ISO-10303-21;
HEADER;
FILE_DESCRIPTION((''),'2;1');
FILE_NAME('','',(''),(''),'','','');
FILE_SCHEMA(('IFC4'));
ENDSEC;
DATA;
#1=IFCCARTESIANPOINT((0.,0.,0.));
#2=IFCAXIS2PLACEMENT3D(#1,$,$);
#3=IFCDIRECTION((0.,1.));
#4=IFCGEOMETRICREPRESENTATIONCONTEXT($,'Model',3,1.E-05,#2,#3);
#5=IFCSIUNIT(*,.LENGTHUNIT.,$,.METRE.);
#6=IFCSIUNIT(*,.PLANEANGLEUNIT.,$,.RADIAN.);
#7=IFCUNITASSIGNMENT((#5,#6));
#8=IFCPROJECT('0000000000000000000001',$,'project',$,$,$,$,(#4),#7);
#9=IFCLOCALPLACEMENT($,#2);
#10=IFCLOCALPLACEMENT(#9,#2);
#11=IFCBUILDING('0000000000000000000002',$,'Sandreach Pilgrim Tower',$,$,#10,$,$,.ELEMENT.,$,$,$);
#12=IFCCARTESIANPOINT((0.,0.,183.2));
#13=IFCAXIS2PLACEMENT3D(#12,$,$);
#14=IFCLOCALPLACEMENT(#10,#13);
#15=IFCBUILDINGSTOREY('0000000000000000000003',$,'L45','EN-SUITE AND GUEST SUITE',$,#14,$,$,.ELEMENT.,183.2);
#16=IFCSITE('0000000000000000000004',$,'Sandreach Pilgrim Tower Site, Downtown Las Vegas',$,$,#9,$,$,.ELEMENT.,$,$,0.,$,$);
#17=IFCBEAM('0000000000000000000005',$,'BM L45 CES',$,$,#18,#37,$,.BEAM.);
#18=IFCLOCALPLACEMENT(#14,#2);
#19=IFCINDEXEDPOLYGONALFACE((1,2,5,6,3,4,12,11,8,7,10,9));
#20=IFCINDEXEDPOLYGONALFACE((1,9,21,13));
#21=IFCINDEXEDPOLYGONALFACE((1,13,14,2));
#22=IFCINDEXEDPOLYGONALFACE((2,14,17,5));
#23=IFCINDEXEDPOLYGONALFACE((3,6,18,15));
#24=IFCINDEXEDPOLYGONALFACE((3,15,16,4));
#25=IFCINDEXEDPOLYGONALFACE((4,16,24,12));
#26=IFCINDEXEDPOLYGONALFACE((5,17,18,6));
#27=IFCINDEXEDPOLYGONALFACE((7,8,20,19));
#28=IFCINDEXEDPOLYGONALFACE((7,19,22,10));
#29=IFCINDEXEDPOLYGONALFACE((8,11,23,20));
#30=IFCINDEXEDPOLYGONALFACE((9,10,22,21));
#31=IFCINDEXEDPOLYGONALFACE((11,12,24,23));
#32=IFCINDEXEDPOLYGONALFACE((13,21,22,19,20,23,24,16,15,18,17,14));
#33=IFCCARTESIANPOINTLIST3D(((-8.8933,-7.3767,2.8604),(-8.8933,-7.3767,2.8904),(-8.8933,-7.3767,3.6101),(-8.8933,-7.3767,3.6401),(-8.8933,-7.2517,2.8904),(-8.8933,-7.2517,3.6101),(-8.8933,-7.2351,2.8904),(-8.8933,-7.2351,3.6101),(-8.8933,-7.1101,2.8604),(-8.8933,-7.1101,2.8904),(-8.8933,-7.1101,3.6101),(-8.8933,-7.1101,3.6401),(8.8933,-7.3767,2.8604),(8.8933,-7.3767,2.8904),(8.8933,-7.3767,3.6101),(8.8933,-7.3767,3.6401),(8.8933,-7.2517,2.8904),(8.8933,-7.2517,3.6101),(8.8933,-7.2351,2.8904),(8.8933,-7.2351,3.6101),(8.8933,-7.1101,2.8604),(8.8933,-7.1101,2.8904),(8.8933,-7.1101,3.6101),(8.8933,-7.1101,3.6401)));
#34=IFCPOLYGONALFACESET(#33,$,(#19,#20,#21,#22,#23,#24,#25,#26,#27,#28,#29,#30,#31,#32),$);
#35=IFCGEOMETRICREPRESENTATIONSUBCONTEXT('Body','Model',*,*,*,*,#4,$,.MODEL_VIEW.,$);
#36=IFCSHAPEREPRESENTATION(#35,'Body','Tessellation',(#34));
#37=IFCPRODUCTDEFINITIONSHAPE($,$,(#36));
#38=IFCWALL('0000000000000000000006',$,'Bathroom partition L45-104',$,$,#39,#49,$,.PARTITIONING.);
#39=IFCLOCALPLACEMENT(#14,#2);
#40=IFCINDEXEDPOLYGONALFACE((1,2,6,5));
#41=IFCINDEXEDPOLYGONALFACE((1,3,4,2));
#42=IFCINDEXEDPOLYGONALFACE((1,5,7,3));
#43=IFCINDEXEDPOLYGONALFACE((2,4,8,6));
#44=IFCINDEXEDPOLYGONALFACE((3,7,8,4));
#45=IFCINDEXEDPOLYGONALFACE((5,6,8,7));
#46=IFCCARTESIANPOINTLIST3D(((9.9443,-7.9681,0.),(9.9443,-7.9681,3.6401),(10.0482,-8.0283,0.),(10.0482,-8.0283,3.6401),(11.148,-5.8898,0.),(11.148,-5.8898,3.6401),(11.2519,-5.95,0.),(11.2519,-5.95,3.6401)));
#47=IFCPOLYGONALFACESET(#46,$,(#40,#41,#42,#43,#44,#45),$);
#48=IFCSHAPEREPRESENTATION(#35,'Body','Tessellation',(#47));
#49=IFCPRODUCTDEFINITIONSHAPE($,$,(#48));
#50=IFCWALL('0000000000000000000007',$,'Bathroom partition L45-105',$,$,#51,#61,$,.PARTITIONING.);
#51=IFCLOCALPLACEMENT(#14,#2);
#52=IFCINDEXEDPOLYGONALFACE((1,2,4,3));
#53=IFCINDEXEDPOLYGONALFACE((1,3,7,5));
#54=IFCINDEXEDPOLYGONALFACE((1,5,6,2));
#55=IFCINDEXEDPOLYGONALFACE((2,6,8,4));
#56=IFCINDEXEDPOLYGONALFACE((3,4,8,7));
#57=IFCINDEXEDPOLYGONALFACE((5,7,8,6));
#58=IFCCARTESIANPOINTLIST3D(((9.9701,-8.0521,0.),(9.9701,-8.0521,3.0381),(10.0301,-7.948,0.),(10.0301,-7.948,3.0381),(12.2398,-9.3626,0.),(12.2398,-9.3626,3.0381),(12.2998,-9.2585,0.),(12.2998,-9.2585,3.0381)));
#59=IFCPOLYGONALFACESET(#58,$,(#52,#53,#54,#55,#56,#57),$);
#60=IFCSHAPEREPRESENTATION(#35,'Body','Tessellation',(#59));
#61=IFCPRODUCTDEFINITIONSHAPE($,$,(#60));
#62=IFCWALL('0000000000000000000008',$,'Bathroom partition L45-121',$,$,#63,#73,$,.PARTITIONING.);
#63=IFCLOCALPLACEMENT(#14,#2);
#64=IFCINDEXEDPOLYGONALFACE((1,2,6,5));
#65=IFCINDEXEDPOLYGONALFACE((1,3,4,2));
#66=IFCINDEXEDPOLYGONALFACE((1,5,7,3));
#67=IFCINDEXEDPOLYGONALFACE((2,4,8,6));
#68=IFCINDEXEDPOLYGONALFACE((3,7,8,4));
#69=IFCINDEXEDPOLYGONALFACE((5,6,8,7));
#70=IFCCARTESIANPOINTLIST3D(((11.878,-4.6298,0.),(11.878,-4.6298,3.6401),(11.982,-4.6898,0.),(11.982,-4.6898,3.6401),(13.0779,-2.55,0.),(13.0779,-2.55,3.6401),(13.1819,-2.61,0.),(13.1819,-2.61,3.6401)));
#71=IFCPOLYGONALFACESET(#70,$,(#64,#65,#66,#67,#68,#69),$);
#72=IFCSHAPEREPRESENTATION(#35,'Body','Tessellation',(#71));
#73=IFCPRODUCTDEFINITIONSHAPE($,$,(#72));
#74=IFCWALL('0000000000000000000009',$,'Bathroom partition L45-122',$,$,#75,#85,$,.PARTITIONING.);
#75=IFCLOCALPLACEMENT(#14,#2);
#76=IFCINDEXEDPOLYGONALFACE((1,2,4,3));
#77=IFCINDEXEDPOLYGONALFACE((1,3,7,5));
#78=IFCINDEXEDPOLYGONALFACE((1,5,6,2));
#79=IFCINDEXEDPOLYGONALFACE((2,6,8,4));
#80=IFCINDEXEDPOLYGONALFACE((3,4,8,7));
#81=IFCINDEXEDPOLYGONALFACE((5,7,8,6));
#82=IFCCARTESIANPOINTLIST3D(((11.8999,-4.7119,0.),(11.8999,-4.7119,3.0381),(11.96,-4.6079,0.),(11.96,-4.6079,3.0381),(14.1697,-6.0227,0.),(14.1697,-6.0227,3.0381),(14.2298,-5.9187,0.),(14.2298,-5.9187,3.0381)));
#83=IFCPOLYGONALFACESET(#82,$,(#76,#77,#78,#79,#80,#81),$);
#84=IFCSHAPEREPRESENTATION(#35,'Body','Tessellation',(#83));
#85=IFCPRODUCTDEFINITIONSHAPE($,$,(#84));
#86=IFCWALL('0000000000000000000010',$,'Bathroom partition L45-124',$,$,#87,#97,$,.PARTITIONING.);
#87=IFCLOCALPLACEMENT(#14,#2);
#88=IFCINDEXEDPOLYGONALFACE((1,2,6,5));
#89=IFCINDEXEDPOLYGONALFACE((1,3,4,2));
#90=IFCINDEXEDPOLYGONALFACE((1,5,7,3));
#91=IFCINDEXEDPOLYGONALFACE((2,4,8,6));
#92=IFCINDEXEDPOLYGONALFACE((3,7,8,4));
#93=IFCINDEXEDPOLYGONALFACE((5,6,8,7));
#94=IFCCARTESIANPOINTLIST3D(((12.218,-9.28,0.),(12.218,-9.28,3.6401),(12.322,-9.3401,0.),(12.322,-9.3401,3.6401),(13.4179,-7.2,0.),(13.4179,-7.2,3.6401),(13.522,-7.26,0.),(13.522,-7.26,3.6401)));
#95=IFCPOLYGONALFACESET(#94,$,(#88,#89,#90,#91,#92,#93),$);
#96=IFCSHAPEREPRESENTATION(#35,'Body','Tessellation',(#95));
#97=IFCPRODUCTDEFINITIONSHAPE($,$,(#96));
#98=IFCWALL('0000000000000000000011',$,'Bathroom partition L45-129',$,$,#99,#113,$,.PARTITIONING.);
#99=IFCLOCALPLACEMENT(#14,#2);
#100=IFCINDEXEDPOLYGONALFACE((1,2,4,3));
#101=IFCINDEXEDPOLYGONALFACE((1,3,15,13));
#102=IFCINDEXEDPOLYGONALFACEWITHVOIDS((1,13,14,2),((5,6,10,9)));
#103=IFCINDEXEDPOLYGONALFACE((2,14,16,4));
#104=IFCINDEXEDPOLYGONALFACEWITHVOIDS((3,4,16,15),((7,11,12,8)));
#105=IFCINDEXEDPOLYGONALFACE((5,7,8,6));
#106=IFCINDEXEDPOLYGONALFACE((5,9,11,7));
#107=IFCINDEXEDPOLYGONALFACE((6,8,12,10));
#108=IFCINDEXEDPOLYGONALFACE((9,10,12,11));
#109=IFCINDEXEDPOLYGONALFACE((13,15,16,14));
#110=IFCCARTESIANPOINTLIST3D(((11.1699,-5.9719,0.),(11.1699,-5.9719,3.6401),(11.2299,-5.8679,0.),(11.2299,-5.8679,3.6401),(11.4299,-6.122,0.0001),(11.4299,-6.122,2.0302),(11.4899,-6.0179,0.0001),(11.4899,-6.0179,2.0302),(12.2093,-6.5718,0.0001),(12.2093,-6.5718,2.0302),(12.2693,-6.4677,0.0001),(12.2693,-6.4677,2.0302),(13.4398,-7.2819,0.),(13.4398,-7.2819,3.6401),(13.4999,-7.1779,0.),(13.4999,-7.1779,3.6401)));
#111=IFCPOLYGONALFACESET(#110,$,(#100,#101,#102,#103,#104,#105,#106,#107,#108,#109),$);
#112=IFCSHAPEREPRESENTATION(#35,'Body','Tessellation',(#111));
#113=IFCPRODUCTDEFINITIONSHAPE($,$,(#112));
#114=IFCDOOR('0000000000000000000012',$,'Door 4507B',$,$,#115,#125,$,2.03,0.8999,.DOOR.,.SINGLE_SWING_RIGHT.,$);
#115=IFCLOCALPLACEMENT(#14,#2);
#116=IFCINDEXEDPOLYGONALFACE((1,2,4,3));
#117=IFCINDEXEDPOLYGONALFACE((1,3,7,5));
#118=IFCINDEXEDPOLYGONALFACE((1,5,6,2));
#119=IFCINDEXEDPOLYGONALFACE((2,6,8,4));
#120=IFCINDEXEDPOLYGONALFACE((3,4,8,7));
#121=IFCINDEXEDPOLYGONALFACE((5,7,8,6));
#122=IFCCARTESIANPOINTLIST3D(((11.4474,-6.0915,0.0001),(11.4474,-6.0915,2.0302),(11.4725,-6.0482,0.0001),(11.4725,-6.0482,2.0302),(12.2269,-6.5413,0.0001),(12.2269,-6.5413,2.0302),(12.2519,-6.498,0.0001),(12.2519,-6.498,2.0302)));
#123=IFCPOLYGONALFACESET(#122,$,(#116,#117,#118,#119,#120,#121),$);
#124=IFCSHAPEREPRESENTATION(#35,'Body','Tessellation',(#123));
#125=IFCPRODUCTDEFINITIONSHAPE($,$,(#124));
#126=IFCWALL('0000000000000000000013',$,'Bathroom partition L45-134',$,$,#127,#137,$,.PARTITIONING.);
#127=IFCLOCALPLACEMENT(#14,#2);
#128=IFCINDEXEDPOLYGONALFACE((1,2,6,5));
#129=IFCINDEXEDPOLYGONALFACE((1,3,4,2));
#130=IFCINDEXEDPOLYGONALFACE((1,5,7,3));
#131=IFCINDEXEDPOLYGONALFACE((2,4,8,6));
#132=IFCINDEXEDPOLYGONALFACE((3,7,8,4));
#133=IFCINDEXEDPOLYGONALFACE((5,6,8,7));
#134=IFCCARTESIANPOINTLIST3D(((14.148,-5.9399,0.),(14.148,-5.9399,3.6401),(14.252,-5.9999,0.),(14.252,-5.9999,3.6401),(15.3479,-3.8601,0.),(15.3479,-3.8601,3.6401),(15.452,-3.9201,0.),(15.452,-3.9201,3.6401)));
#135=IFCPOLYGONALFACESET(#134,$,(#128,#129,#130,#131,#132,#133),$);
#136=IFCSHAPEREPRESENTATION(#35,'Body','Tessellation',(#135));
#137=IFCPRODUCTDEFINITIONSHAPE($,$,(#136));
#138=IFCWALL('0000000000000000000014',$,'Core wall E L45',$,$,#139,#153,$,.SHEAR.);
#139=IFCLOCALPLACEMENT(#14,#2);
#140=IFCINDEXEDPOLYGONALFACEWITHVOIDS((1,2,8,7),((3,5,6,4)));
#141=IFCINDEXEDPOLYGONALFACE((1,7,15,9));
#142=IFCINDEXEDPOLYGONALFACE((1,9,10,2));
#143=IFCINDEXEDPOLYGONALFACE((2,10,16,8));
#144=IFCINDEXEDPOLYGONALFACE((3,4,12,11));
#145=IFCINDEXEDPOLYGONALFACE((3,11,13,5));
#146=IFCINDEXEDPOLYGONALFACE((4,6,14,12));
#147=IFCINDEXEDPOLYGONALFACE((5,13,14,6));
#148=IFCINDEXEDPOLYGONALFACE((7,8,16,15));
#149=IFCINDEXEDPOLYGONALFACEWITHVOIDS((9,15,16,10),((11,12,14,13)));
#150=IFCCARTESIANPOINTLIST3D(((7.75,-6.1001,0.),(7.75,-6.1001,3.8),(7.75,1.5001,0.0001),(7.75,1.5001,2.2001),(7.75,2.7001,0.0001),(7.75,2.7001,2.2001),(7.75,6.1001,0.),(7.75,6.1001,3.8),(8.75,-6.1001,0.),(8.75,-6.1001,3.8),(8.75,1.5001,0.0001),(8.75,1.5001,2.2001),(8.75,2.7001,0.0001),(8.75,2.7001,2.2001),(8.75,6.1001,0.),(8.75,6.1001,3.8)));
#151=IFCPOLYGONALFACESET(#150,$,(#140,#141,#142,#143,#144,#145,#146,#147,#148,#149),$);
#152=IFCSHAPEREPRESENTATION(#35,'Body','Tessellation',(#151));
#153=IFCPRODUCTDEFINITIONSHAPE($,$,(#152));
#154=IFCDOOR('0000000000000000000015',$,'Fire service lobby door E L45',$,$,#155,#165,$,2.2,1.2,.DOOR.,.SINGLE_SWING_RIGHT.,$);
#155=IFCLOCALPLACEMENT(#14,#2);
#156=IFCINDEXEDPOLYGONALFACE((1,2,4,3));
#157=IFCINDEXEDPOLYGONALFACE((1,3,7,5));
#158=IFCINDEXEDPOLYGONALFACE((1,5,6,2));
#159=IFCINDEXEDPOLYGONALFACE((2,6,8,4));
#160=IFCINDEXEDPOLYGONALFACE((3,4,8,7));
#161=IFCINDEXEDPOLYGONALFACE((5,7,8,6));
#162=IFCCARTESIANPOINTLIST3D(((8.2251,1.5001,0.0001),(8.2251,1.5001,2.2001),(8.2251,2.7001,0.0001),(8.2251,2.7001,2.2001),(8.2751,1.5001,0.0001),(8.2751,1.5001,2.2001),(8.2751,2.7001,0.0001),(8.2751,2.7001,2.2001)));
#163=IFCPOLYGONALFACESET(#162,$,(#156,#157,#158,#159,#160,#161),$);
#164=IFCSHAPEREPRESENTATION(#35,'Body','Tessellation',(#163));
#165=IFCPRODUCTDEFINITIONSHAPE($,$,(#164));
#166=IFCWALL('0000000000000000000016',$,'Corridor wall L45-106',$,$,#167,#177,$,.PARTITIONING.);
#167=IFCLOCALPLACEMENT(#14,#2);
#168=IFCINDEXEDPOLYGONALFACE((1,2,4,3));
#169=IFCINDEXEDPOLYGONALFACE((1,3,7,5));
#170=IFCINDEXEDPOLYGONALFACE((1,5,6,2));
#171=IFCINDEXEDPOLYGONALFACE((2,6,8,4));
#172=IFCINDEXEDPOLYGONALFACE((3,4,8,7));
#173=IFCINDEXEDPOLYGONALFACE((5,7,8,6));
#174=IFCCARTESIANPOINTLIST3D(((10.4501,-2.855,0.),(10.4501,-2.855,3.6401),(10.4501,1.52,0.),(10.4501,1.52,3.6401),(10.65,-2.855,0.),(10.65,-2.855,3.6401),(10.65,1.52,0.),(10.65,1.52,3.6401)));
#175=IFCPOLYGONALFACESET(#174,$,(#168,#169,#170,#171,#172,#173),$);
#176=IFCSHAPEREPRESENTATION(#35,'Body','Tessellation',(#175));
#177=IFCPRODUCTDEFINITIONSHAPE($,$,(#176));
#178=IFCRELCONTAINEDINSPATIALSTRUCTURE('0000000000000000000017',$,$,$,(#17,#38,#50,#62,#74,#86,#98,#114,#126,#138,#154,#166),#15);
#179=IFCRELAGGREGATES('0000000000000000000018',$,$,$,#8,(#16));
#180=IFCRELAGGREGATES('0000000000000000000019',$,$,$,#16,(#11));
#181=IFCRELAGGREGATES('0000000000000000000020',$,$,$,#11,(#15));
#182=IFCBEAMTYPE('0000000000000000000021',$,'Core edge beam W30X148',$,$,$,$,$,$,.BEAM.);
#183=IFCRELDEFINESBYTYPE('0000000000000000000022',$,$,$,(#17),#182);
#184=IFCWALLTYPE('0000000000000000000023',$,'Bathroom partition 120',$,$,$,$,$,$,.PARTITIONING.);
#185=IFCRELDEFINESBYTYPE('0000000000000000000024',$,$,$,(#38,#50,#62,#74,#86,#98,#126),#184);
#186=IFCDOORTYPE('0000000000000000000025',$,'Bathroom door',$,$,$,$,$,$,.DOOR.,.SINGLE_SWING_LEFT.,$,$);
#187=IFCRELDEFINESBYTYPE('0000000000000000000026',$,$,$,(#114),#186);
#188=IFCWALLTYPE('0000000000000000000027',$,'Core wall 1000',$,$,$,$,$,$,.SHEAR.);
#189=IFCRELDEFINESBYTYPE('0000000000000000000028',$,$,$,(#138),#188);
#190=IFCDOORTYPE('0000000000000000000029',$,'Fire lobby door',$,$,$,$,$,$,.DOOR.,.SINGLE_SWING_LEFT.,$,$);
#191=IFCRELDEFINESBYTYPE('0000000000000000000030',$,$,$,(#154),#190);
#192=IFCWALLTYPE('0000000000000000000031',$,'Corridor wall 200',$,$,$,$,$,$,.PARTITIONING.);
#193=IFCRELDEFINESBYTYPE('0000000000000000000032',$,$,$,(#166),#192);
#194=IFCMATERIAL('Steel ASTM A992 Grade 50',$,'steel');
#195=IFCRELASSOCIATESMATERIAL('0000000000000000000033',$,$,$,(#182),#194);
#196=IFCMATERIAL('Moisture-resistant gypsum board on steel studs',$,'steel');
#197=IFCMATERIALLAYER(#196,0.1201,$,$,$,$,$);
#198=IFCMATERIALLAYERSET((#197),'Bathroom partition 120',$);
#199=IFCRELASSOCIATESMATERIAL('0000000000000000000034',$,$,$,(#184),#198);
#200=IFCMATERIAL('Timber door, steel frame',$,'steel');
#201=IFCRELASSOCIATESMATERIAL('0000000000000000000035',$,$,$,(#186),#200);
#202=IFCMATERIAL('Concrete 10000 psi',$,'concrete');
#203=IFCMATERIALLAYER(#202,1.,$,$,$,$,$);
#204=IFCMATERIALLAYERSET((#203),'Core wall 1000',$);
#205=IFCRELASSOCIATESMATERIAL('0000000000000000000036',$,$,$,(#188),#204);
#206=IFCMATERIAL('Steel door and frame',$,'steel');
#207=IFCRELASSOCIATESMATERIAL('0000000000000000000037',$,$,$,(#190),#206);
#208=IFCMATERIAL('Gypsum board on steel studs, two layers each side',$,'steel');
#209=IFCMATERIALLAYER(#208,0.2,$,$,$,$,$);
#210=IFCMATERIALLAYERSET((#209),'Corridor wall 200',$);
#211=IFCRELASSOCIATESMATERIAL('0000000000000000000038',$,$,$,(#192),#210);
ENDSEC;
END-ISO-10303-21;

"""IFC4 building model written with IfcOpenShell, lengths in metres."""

from ifc_helpers import new_model, si_unit, direction, frame, frame_2d, origin, origin_2d, place, context, subcontext, project, spatial, rectangle, i_section, extrude, material, layer, layer_set, material_profile, profile_set, type_object, element, fill, save


model = new_model("IFC4")

# Units and contexts
model_context = context("Model", 3, precision=1e-05, world=origin(), true_north=direction((0.0, 1.0)))
body_context = subcontext(model_context, "Body", "Model", "MODEL_VIEW")
ifc_project = project(units=[si_unit("LENGTHUNIT", "METRE"), si_unit("PLANEANGLEUNIT", "RADIAN")], contexts=[model_context])

# Site, building, storey
site_placement = place(None, origin())
site = spatial("IfcSite", under=ifc_project, at=site_placement, Name="Sandreach Pilgrim Tower Site, Downtown Las Vegas", CompositionType="ELEMENT", RefElevation=0.0)
building_placement = place(site_placement, origin())
building = spatial("IfcBuilding", under=site, at=building_placement, Name="Sandreach Pilgrim Tower", CompositionType="ELEMENT")
storey_placement = place(building_placement, frame((0.0, 0.0, 183.2)))
storey = spatial("IfcBuildingStorey", under=building, at=storey_placement, Name="L45", Description="EN-SUITE AND GUEST SUITE", CompositionType="ELEMENT", Elevation=183.2)

# Beam
ifc_material_1 = material(Name="Steel ASTM A992 Grade 50", Category="steel")
ifc_material_profile = material_profile(ifc_material_1, i_section(OverallWidth=0.2666, OverallDepth=0.7798, WebThickness=0.0166, FlangeThickness=0.03, at=origin_2d()), Name="W30X148")
ifc_profile_set = profile_set([ifc_material_profile], Name="Steel ASTM A992 Grade 50")
beam_type = type_object("IfcBeamType", Name="Core edge beam W30X148", PredefinedType="BEAM", material=ifc_profile_set)
beam_placement = place(storey_placement, frame((8.8933, -7.2434, 3.2502), z_axis=(-1.0, 0.0, 0.0), x_axis=(0.0, -1.0, 0.0)))
element("IfcBeam", 1, at=beam_placement, inside=storey, type_object=beam_type, Name="BM L45 CES", PredefinedType="BEAM", context=body_context, shape_type="SweptSolid", body=[
    extrude(i_section(OverallWidth=0.2666, OverallDepth=0.7798, WebThickness=0.0166, FlangeThickness=0.03, at=origin_2d()), origin(), (0.0, 0.0, 1.0), 17.7866),
])

# Walls
ifc_material_2 = material(Name="Moisture-resistant gypsum board on steel studs", Category="steel")
ifc_layer_1 = layer(ifc_material_2, 0.1201)
ifc_layer_set_1 = layer_set([ifc_layer_1], Name="Bathroom partition 120")
wall_type_1 = type_object("IfcWallType", Name="Bathroom partition 120", PredefinedType="PARTITIONING", material=ifc_layer_set_1)
wall_1_placement = place(storey_placement, frame((9.9963, -7.998, 0.0), z_axis=(0.0, 0.0, 1.0), x_axis=(0.501189, 0.865338, 0.0)))
element("IfcWall", 2, at=wall_1_placement, inside=storey, type_object=wall_type_1, Name="Bathroom partition L45-104", PredefinedType="PARTITIONING", context=body_context, shape_type="SweptSolid", body=[
    extrude(rectangle(XDim=2.4016, YDim=0.1201, at=frame_2d((1.2007, 0.0))), origin(), (0.0, 0.0, 1.0), 3.6401),
])
wall_2_placement = place(storey_placement, frame((10.0, -8.0, 0.0), z_axis=(0.0, 0.0, 1.0), x_axis=(0.86601, -0.500026, 0.0)))
element("IfcWall", 3, at=wall_2_placement, inside=storey, type_object=wall_type_1, Name="Bathroom partition L45-105", PredefinedType="PARTITIONING", context=body_context, shape_type="SweptSolid", body=[
    extrude(rectangle(XDim=2.6208, YDim=0.1201, at=frame_2d((1.3105, 0.0))), origin(), (0.0, 0.0, 1.0), 3.0381),
])
wall_3_placement = place(storey_placement, frame((11.9299, -4.6599, 0.0), z_axis=(0.0, 0.0, 1.0), x_axis=(0.499737, 0.866177, 0.0)))
element("IfcWall", 4, at=wall_3_placement, inside=storey, type_object=wall_type_1, Name="Bathroom partition L45-121", PredefinedType="PARTITIONING", context=body_context, shape_type="SweptSolid", body=[
    extrude(rectangle(XDim=2.4011, YDim=0.1201, at=frame_2d((1.2007, 0.0))), origin(), (0.0, 0.0, 1.0), 3.6401),
])
wall_4_placement = place(storey_placement, frame((11.9299, -4.6599, 0.0), z_axis=(0.0, 0.0, 1.0), x_axis=(0.86597, -0.500096, 0.0)))
element("IfcWall", 5, at=wall_4_placement, inside=storey, type_object=wall_type_1, Name="Bathroom partition L45-122", PredefinedType="PARTITIONING", context=body_context, shape_type="SweptSolid", body=[
    extrude(rectangle(XDim=2.6211, YDim=0.1201, at=frame_2d((1.3105, 0.0))), origin(), (0.0, 0.0, 1.0), 3.0381),
])
wall_5_placement = place(storey_placement, frame((12.27, -9.3101, 0.0), z_axis=(0.0, 0.0, 1.0), x_axis=(0.499693, 0.866203, 0.0)))
element("IfcWall", 6, at=wall_5_placement, inside=storey, type_object=wall_type_1, Name="Bathroom partition L45-124", PredefinedType="PARTITIONING", context=body_context, shape_type="SweptSolid", body=[
    extrude(rectangle(XDim=2.4014, YDim=0.1201, at=frame_2d((1.2007, 0.0))), origin(), (0.0, 0.0, 1.0), 3.6401),
])

# Wall, opening, door
wall_6_placement = place(storey_placement, frame((13.47, -7.23, 0.0), z_axis=(0.0, 0.0, 1.0), x_axis=(-0.866114, 0.499846, 0.0)))
wall_6 = element("IfcWall", 7, at=wall_6_placement, inside=storey, type_object=wall_type_1, Name="Bathroom partition L45-129", PredefinedType="PARTITIONING", context=body_context, shape_type="SweptSolid", body=[
    extrude(rectangle(XDim=2.6208, YDim=0.1201, at=frame_2d((1.3105, 0.0))), origin(), (0.0, 0.0, 1.0), 3.6401),
])
opening_1_placement = place(wall_6_placement, frame((1.4209, 0.0, 0.0)))
opening_1 = element("IfcOpeningElement", 8, at=opening_1_placement, cuts=wall_6, PredefinedType="OPENING", context=body_context, shape_type="SweptSolid", body=[
    extrude(rectangle(XDim=0.8999, YDim=2.03, at=frame_2d((0.45, 1.0151))), frame((0.0, 0.0601, 0.0), z_axis=(0.0, -1.0, 0.0), x_axis=(1.0, 0.0, 0.0)), (0.0, 0.0, 1.0), 0.1201),
])
ifc_material_3 = material(Name="Timber door, steel frame", Category="steel")
door_type_1 = type_object("IfcDoorType", Name="Bathroom door", OperationType="SINGLE_SWING_LEFT", PredefinedType="DOOR", material=ifc_material_3)
door_1_placement = place(opening_1_placement, origin())
door_1 = element("IfcDoor", 9, at=door_1_placement, inside=storey, type_object=door_type_1, Name="Door 4507B", OperationType="SINGLE_SWING_RIGHT", OverallHeight=2.03, OverallWidth=0.8999, PredefinedType="DOOR", context=body_context, shape_type="SweptSolid", body=[
    extrude(rectangle(XDim=0.8999, YDim=2.03, at=frame_2d((0.45, 1.0151))), frame((0.0, 0.0249, 0.0), z_axis=(0.0, -1.0, 0.0), x_axis=(1.0, 0.0, 0.0)), (0.0, 0.0, 1.0), 0.05),
])
fill(opening_1, door_1)

# Wall
wall_7_placement = place(storey_placement, frame((14.2, -5.97, 0.0), z_axis=(0.0, 0.0, 1.0), x_axis=(0.499737, 0.866177, 0.0)))
element("IfcWall", 10, at=wall_7_placement, inside=storey, type_object=wall_type_1, Name="Bathroom partition L45-134", PredefinedType="PARTITIONING", context=body_context, shape_type="SweptSolid", body=[
    extrude(rectangle(XDim=2.4011, YDim=0.1201, at=frame_2d((1.2007, 0.0))), origin(), (0.0, 0.0, 1.0), 3.6401),
])

# Wall, opening, door
ifc_material_4 = material(Name="Concrete 10000 psi", Category="concrete")
ifc_layer_2 = layer(ifc_material_4, 1.0)
ifc_layer_set_2 = layer_set([ifc_layer_2], Name="Core wall 1000")
wall_type_2 = type_object("IfcWallType", Name="Core wall 1000", PredefinedType="SHEAR", material=ifc_layer_set_2)
wall_8_placement = place(storey_placement, frame((8.25, -6.1001, 0.0), z_axis=(0.0, 0.0, 1.0), x_axis=(0.0, 1.0, 0.0)))
wall_8 = element("IfcWall", 11, at=wall_8_placement, inside=storey, type_object=wall_type_2, Name="Core wall E L45", PredefinedType="SHEAR", context=body_context, shape_type="SweptSolid", body=[
    extrude(rectangle(XDim=12.2002, YDim=1.0, at=frame_2d((6.1001, 0.0))), origin(), (0.0, 0.0, 1.0), 3.8),
])
opening_2_placement = place(wall_8_placement, frame((7.6001, 0.0, 0.0)))
opening_2 = element("IfcOpeningElement", 12, at=opening_2_placement, cuts=wall_8, PredefinedType="OPENING", context=body_context, shape_type="SweptSolid", body=[
    extrude(rectangle(XDim=1.2, YDim=2.2, at=frame_2d((0.6001, 1.1001))), frame((0.0, 0.5, 0.0), z_axis=(0.0, -1.0, 0.0), x_axis=(1.0, 0.0, 0.0)), (0.0, 0.0, 1.0), 1.0),
])
ifc_material_5 = material(Name="Steel door and frame", Category="steel")
door_type_2 = type_object("IfcDoorType", Name="Fire lobby door", OperationType="SINGLE_SWING_LEFT", PredefinedType="DOOR", material=ifc_material_5)
door_2_placement = place(opening_2_placement, origin())
door_2 = element("IfcDoor", 13, at=door_2_placement, inside=storey, type_object=door_type_2, Name="Fire service lobby door E L45", OperationType="SINGLE_SWING_RIGHT", OverallHeight=2.2, OverallWidth=1.2, PredefinedType="DOOR", context=body_context, shape_type="SweptSolid", body=[
    extrude(rectangle(XDim=1.2, YDim=2.2, at=frame_2d((0.6001, 1.1001))), frame((0.0, 0.0249, 0.0), z_axis=(0.0, -1.0, 0.0), x_axis=(1.0, 0.0, 0.0)), (0.0, 0.0, 1.0), 0.05),
])
fill(opening_2, door_2)
ifc_material_6 = material(Name="Gypsum board on steel studs, two layers each side", Category="steel")
ifc_layer_3 = layer(ifc_material_6, 0.2)
ifc_layer_set_3 = layer_set([ifc_layer_3], Name="Corridor wall 200")
wall_type_3 = type_object("IfcWallType", Name="Corridor wall 200", PredefinedType="PARTITIONING", material=ifc_layer_set_3)

# Wall
wall_9_placement = place(storey_placement, frame((10.55, -2.855, 0.0), z_axis=(0.0, 0.0, 1.0), x_axis=(0.0, 1.0, 0.0)))
element("IfcWall", 14, at=wall_9_placement, inside=storey, type_object=wall_type_3, Name="Corridor wall L45-106", PredefinedType="PARTITIONING", context=body_context, shape_type="SweptSolid", body=[
    extrude(rectangle(XDim=4.375, YDim=0.2, at=frame_2d((2.1875, 0.0))), origin(), (0.0, 0.0, 1.0), 3.6401),
])

save(model, "model.ifc")
